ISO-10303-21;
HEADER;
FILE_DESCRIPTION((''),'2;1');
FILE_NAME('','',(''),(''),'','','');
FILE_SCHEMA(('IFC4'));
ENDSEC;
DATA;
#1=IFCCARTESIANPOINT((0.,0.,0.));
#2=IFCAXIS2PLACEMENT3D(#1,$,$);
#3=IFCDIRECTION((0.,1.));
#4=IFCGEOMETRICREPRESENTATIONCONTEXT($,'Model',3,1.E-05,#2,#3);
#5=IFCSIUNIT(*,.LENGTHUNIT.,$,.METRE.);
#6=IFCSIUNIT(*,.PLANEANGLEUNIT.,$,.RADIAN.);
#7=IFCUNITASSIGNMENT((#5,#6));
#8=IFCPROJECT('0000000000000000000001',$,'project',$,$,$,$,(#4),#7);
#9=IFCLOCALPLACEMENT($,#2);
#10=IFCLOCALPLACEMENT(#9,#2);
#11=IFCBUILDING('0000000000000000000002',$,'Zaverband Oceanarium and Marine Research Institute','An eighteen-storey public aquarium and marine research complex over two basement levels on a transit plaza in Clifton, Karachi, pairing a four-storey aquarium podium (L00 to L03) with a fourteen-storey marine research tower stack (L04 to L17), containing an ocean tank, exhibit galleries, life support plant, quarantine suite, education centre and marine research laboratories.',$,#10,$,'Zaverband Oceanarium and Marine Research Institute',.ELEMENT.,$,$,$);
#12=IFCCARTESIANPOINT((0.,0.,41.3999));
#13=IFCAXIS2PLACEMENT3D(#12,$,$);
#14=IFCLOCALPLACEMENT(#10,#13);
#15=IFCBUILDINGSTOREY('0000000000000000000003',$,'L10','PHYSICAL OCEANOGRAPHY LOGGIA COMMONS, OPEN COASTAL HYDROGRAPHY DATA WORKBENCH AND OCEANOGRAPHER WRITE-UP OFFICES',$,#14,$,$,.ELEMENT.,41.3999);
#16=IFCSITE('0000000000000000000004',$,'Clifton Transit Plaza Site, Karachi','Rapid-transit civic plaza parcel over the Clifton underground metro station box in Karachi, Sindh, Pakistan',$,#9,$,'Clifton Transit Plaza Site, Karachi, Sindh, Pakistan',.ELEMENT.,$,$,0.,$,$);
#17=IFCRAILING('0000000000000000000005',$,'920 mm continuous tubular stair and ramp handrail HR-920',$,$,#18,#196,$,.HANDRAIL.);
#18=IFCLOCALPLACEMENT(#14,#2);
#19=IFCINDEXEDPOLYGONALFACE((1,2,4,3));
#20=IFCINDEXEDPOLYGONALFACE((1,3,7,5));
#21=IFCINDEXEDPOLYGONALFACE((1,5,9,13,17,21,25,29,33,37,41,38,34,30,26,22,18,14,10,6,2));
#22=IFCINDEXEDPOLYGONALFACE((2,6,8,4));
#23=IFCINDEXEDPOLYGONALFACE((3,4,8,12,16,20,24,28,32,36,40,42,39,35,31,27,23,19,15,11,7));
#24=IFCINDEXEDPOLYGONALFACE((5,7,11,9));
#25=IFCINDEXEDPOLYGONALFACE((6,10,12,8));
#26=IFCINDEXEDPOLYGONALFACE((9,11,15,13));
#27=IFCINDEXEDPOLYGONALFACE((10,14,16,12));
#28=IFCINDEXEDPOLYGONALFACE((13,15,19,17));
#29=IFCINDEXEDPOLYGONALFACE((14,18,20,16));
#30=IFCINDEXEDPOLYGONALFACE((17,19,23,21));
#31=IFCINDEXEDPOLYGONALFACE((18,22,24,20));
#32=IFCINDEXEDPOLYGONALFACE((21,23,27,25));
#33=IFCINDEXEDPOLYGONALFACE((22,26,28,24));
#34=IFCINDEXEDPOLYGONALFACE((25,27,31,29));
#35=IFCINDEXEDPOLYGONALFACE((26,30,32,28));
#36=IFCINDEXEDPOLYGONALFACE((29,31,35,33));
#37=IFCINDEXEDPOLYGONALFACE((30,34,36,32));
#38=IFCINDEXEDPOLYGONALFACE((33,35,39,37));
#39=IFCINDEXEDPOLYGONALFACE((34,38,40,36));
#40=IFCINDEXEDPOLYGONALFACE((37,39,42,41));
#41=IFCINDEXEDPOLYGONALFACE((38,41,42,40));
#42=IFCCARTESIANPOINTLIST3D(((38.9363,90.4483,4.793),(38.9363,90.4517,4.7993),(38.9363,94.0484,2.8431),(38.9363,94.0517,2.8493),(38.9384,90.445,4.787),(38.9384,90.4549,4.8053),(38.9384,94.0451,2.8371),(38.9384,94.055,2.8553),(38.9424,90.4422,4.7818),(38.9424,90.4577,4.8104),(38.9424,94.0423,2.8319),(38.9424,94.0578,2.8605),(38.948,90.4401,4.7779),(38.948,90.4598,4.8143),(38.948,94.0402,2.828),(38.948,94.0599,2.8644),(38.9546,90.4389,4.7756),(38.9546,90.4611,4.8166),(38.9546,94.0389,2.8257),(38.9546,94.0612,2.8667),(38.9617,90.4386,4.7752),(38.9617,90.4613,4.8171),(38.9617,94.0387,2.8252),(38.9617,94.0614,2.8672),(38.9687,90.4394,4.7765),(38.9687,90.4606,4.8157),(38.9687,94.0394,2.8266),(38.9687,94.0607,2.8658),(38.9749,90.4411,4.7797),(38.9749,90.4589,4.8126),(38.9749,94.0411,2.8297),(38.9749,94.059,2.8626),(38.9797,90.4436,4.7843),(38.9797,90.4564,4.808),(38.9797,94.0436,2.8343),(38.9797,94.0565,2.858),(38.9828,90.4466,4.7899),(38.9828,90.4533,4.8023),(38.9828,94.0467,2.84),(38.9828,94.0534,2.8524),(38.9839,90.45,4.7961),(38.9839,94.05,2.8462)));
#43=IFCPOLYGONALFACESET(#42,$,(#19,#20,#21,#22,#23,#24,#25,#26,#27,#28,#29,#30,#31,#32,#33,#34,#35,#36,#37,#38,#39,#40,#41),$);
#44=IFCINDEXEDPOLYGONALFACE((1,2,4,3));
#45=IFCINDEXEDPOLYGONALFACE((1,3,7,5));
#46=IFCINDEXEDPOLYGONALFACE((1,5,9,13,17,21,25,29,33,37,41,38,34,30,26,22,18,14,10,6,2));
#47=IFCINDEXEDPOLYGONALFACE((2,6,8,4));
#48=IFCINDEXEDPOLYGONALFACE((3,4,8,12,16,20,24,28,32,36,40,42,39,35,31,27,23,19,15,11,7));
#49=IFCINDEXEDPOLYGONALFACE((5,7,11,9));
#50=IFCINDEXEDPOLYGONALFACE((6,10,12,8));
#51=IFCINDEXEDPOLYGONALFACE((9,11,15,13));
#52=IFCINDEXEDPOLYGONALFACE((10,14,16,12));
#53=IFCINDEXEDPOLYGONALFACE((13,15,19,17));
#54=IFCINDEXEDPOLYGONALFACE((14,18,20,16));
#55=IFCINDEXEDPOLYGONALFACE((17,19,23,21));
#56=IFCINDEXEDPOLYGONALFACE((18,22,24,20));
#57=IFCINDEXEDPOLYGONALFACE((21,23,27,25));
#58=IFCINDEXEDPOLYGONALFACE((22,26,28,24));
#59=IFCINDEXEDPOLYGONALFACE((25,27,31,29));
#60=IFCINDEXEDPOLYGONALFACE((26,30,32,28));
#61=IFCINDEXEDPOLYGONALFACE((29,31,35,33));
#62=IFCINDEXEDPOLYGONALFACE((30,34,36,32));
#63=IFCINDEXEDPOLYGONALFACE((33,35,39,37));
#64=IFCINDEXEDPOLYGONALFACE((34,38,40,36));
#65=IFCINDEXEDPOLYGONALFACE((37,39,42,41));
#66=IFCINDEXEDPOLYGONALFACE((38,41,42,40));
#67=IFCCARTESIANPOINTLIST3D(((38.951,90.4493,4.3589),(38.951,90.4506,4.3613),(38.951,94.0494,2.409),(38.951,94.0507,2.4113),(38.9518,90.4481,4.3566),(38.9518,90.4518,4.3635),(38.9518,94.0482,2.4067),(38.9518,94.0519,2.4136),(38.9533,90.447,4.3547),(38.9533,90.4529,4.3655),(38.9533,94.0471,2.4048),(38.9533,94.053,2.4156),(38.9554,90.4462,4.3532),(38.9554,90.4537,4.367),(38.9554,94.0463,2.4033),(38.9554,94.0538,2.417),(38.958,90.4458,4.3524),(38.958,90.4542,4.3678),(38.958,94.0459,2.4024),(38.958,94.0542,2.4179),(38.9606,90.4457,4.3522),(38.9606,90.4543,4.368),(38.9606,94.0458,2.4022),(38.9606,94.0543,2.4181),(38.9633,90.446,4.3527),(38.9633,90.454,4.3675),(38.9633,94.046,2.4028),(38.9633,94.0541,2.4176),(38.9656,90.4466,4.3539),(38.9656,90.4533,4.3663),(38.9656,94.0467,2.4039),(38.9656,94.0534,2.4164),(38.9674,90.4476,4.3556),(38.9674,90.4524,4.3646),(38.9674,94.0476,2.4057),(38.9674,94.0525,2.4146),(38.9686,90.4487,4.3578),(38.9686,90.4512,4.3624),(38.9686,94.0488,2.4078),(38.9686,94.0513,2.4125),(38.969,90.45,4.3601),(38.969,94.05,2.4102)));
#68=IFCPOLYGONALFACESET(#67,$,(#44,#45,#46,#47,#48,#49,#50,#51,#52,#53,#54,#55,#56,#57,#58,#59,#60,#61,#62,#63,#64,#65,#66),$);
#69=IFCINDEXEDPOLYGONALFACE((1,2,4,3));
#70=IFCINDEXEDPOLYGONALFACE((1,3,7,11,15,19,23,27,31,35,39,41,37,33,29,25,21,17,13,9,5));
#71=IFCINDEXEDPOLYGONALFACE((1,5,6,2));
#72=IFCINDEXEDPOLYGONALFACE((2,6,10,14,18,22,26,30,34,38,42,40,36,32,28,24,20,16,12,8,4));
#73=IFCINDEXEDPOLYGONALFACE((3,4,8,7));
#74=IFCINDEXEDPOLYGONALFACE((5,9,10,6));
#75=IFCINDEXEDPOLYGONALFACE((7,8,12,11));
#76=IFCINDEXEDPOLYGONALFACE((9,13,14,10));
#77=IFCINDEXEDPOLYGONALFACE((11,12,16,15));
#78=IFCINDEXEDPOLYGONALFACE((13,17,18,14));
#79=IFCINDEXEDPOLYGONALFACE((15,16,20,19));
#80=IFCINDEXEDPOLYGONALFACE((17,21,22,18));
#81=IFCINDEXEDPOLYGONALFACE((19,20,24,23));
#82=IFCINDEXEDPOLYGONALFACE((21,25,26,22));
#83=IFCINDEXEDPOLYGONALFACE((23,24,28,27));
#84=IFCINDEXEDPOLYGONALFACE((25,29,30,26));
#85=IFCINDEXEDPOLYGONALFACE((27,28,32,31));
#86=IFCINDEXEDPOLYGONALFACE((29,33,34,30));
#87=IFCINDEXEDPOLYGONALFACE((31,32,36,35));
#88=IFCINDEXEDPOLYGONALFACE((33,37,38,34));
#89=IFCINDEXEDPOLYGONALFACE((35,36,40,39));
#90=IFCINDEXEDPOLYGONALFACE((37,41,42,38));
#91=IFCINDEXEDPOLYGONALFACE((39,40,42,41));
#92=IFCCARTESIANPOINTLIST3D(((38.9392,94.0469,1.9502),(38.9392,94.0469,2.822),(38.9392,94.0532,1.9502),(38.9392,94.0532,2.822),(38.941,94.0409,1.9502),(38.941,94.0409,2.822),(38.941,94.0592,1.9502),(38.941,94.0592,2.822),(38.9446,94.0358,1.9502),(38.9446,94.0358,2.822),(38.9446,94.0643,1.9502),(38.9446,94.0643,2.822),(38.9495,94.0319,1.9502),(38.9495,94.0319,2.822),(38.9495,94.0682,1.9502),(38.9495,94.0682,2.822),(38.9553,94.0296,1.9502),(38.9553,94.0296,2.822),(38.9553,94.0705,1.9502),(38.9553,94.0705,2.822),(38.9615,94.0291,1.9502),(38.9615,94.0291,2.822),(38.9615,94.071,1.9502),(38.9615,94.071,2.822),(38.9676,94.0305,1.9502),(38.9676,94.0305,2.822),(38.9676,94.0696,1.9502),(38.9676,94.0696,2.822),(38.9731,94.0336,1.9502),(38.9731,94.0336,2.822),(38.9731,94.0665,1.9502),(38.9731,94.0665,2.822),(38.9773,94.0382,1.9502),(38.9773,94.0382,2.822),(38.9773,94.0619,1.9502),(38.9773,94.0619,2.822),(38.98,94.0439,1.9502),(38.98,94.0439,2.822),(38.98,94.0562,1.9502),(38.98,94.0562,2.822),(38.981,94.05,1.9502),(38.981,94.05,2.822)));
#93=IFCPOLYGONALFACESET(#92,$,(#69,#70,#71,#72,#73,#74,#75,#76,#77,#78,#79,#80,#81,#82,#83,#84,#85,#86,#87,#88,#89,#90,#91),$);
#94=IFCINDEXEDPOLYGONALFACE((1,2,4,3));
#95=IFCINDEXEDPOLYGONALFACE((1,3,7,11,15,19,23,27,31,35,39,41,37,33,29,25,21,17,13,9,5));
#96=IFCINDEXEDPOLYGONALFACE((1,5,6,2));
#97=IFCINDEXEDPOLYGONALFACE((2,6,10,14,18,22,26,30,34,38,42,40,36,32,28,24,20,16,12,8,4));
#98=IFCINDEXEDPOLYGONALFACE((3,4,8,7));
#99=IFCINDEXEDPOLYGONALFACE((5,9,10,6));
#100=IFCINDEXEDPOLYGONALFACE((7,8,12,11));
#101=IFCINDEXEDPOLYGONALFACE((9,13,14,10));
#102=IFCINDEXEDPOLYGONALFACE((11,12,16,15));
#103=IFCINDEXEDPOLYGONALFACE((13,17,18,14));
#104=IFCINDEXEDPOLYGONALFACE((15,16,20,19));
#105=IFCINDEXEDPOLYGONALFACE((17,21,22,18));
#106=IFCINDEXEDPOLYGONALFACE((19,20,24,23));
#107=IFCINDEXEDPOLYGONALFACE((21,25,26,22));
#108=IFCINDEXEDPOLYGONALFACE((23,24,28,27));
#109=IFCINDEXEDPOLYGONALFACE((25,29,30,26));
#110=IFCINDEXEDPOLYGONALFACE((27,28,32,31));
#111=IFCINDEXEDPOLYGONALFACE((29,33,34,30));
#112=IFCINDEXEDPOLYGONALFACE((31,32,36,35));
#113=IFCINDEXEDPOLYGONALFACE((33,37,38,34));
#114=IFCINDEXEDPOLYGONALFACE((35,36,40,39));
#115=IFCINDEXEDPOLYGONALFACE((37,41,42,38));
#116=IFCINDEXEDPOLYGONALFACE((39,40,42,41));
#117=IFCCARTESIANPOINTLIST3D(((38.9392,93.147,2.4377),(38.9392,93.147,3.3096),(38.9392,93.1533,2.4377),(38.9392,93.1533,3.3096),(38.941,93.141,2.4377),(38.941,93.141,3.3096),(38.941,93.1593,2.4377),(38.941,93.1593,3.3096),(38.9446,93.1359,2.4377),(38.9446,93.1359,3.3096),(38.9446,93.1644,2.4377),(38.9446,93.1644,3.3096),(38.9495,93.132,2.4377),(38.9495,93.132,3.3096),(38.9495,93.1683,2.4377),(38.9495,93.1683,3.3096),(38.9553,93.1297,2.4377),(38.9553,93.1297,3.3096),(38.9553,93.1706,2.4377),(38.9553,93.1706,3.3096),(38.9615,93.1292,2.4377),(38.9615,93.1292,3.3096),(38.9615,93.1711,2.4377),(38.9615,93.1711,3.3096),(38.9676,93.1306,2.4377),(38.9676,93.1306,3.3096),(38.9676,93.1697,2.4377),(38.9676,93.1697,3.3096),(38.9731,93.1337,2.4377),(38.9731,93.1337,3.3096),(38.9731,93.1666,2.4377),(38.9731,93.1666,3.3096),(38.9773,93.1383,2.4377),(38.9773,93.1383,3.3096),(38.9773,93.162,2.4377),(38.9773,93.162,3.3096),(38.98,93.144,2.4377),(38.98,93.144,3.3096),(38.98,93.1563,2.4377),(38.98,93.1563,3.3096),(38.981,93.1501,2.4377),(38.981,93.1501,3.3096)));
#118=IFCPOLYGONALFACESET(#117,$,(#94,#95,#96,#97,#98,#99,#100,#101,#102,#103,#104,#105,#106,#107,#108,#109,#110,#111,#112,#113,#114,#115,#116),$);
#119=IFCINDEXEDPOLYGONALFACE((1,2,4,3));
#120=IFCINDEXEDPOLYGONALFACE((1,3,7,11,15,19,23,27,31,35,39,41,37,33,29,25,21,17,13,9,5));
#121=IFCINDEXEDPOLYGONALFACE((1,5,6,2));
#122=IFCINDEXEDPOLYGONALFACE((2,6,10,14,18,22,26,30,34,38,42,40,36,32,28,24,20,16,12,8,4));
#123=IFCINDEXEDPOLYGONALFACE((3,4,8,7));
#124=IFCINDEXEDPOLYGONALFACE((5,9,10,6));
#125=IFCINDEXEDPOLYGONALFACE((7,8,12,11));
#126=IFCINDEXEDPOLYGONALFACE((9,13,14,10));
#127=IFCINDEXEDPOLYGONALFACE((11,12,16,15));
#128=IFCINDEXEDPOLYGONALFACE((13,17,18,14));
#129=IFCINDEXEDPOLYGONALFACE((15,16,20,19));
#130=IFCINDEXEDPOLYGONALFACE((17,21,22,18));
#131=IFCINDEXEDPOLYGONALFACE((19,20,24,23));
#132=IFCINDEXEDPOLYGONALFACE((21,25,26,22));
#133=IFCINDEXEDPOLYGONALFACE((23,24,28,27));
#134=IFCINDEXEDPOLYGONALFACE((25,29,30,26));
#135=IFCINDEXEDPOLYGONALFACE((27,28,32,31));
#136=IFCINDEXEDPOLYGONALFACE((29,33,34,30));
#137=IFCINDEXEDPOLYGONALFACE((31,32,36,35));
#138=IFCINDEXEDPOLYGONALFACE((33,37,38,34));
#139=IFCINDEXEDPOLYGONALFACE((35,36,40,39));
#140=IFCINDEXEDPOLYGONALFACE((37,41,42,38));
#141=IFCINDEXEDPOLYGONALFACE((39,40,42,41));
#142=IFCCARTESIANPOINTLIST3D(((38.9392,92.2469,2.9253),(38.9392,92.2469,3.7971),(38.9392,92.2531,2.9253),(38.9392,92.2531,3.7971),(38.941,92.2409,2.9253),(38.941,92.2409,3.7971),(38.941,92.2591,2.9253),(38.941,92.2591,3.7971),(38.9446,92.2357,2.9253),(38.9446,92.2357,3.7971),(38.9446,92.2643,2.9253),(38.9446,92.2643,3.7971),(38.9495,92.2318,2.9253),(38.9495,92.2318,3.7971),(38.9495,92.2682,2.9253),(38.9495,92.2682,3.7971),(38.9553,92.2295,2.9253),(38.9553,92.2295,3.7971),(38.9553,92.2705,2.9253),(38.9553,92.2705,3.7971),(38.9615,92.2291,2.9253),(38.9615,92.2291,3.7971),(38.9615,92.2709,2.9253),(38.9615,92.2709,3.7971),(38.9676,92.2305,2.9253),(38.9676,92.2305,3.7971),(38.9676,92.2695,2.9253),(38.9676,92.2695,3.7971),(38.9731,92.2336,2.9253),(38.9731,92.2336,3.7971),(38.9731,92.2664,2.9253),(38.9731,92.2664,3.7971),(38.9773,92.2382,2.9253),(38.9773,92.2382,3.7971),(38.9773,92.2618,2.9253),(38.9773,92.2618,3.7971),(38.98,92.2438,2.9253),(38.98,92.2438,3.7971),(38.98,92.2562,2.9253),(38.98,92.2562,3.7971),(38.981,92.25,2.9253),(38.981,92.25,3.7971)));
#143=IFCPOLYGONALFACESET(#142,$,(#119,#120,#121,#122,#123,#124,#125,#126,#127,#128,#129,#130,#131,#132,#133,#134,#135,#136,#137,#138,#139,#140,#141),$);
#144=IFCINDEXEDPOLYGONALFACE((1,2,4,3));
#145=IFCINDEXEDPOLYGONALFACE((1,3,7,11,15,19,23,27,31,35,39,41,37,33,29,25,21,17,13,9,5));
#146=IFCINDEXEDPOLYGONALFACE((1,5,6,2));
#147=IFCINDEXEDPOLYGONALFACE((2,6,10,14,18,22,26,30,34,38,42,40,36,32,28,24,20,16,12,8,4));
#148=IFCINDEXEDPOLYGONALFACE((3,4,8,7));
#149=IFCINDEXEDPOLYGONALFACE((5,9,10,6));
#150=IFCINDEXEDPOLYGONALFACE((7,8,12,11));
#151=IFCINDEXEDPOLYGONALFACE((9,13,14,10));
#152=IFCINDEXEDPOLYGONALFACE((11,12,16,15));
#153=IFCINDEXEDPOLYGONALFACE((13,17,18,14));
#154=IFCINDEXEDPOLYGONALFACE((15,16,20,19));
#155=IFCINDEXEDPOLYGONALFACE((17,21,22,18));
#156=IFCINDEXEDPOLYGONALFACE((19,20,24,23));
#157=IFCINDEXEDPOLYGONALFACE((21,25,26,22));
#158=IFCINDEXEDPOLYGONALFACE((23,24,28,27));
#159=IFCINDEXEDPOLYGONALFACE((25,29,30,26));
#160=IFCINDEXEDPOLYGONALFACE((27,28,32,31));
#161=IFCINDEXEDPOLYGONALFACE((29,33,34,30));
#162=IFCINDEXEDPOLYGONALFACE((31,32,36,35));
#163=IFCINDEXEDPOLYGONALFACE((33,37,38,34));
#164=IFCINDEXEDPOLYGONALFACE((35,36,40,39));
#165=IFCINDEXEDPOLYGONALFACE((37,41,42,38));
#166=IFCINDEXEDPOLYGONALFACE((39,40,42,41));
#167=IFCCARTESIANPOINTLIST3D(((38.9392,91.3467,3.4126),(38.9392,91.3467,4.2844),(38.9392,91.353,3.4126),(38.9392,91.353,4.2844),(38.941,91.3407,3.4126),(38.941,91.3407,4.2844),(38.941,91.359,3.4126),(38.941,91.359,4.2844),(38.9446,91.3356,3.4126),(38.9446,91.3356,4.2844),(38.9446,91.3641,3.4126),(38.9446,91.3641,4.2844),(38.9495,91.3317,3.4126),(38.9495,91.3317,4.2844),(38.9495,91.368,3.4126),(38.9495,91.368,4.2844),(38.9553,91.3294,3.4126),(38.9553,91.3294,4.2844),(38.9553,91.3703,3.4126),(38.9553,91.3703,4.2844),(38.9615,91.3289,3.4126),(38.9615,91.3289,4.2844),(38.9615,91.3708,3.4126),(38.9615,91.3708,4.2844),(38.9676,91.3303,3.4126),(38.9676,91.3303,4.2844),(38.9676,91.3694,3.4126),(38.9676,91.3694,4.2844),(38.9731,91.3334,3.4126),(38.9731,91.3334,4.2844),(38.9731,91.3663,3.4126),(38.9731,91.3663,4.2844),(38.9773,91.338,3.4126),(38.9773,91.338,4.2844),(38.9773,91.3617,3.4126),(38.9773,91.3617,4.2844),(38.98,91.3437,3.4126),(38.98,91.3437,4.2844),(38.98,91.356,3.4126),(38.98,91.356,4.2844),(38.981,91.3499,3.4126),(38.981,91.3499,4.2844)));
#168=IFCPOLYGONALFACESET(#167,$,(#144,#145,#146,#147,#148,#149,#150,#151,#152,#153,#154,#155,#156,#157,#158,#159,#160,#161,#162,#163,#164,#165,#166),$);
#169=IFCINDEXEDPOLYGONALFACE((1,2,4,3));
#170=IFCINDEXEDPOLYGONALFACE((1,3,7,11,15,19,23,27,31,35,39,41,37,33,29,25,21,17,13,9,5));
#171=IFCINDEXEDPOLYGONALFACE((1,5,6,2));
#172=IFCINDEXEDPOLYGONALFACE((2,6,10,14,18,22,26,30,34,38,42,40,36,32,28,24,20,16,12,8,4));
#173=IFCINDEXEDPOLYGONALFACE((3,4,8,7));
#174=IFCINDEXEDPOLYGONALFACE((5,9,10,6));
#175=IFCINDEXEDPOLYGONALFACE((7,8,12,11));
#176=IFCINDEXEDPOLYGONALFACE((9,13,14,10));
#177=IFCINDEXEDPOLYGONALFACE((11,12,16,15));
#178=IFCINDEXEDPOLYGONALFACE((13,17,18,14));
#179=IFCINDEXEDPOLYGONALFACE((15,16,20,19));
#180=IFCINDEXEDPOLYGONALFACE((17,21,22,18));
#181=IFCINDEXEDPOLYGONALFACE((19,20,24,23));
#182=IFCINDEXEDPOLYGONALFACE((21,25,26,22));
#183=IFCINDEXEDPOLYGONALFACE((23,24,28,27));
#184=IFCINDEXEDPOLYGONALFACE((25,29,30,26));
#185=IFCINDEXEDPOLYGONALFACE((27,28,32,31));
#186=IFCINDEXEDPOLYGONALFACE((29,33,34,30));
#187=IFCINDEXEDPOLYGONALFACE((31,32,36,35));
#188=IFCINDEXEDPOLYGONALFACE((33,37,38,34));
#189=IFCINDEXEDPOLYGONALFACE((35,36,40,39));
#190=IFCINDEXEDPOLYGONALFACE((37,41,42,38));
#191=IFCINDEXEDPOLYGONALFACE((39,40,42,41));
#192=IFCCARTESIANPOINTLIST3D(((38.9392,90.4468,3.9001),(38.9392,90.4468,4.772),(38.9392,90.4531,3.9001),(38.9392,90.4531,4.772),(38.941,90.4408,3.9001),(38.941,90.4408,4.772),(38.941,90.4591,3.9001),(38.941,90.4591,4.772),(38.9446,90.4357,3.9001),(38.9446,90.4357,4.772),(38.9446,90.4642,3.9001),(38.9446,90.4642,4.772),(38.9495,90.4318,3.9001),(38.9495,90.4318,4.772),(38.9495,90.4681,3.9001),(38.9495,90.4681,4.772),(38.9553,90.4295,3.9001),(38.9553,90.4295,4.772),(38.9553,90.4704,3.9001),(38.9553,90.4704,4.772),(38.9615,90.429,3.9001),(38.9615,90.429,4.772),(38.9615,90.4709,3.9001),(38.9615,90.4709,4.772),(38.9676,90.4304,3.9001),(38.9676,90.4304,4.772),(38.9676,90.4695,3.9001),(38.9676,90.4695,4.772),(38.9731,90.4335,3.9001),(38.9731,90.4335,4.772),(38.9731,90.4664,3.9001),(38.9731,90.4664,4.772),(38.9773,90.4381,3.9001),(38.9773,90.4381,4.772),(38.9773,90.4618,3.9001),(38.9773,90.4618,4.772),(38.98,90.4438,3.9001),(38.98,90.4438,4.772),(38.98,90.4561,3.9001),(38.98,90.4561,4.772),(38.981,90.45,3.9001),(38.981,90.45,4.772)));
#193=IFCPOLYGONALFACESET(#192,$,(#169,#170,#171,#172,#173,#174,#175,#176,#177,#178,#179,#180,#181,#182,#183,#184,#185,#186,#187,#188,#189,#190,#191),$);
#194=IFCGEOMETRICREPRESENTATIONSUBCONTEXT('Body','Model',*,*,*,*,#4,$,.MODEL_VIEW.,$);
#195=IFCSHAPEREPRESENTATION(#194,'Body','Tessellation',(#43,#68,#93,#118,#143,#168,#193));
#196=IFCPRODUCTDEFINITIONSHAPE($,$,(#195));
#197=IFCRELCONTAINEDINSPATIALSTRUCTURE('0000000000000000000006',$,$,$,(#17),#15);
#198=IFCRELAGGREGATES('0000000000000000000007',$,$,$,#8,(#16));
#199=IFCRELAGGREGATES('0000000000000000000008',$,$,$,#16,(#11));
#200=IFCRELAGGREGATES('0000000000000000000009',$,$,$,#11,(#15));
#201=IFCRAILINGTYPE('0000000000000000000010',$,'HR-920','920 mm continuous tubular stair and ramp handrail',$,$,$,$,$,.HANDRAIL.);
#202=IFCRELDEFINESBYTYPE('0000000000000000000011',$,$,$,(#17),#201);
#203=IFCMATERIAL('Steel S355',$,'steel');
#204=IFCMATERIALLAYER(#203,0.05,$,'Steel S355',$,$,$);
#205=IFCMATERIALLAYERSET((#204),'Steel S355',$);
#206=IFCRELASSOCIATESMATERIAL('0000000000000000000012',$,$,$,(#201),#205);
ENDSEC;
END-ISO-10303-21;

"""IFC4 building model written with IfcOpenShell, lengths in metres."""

from ifc_helpers import new_model, si_unit, direction, frame, origin, origin_2d, place, context, subcontext, project, spatial, circle, extrude, material, layer, layer_set, type_object, element, save


model = new_model("IFC4")

# Units and contexts
model_context = context("Model", 3, precision=1e-05, world=origin(), true_north=direction((0.0, 1.0)))
body_context = subcontext(model_context, "Body", "Model", "MODEL_VIEW")
ifc_project = project(units=[si_unit("LENGTHUNIT", "METRE"), si_unit("PLANEANGLEUNIT", "RADIAN")], contexts=[model_context])

# Site, building, storey
site_placement = place(None, origin())
site = spatial("IfcSite", under=ifc_project, at=site_placement, Name="Clifton Transit Plaza Site, Karachi", Description="Rapid-transit civic plaza parcel over the Clifton underground metro station box in Karachi, Sindh, Pakistan", LongName="Clifton Transit Plaza Site, Karachi, Sindh, Pakistan", CompositionType="ELEMENT", RefElevation=0.0)
building_placement = place(site_placement, origin())
building = spatial("IfcBuilding", under=site, at=building_placement, Name="Zaverband Oceanarium and Marine Research Institute", Description="An eighteen-storey public aquarium and marine research complex over two basement levels on a transit plaza in Clifton, Karachi, pairing a four-storey aquarium podium (L00 to L03) with a fourteen-storey marine research tower stack (L04 to L17), containing an ocean tank, exhibit galleries, life support plant, quarantine suite, education centre and marine research laboratories.", LongName="Zaverband Oceanarium and Marine Research Institute", CompositionType="ELEMENT")
storey_placement = place(building_placement, frame((0.0, 0.0, 41.3999)))
storey = spatial("IfcBuildingStorey", under=building, at=storey_placement, Name="L10", Description="PHYSICAL OCEANOGRAPHY LOGGIA COMMONS, OPEN COASTAL HYDROGRAPHY DATA WORKBENCH AND OCEANOGRAPHER WRITE-UP OFFICES", CompositionType="ELEMENT", Elevation=41.3999)

# Shared definitions
ifc_material_1 = material(Name="Steel S355", Category="steel")

# Railing
ifc_layer_1 = layer(ifc_material_1, 0.05, Name="Steel S355")
ifc_layer_set_1 = layer_set([ifc_layer_1], Name="Steel S355")
railing_type_1 = type_object("IfcRailingType", Name="HR-920", Description="920 mm continuous tubular stair and ramp handrail", PredefinedType="HANDRAIL", material=ifc_layer_set_1)
railing_1_placement = place(storey_placement, frame((38.96, 94.05, 1.9502)))
element("IfcRailing", 1, at=railing_1_placement, inside=storey, type_object=railing_type_1, Name="920 mm continuous tubular stair and ramp handrail HR-920", PredefinedType="HANDRAIL", context=body_context, shape_type="SweptSolid", body=[
    extrude(circle(Radius=0.0239, at=origin_2d()), frame((0.0, 0.0, 0.896), z_axis=(0.0, -0.879302, 0.476264), x_axis=(1.0, 0.0, 0.0)), (0.0, 0.0, 1.0), 4.0942),
    extrude(circle(Radius=0.009, at=origin_2d()), frame((0.0, 0.0, 0.46), z_axis=(0.0, -0.879302, 0.476264), x_axis=(1.0, 0.0, 0.0)), (0.0, 0.0, 1.0), 4.0942),
    extrude(circle(Radius=0.021, at=origin_2d()), origin(), (0.0, 0.0, 1.0), 0.8718),
    extrude(circle(Radius=0.021, at=origin_2d()), frame((0.0, -0.8999, 0.4875)), (0.0, 0.0, 1.0), 0.8718),
    extrude(circle(Radius=0.021, at=origin_2d()), frame((0.0, -1.8, 0.9751)), (0.0, 0.0, 1.0), 0.8718),
    extrude(circle(Radius=0.021, at=origin_2d()), frame((0.0, -2.7002, 1.4624)), (0.0, 0.0, 1.0), 0.8718),
    extrude(circle(Radius=0.021, at=origin_2d()), frame((0.0, -3.6001, 1.95)), (0.0, 0.0, 1.0), 0.8718),
])

save(model, "model.ifc")
